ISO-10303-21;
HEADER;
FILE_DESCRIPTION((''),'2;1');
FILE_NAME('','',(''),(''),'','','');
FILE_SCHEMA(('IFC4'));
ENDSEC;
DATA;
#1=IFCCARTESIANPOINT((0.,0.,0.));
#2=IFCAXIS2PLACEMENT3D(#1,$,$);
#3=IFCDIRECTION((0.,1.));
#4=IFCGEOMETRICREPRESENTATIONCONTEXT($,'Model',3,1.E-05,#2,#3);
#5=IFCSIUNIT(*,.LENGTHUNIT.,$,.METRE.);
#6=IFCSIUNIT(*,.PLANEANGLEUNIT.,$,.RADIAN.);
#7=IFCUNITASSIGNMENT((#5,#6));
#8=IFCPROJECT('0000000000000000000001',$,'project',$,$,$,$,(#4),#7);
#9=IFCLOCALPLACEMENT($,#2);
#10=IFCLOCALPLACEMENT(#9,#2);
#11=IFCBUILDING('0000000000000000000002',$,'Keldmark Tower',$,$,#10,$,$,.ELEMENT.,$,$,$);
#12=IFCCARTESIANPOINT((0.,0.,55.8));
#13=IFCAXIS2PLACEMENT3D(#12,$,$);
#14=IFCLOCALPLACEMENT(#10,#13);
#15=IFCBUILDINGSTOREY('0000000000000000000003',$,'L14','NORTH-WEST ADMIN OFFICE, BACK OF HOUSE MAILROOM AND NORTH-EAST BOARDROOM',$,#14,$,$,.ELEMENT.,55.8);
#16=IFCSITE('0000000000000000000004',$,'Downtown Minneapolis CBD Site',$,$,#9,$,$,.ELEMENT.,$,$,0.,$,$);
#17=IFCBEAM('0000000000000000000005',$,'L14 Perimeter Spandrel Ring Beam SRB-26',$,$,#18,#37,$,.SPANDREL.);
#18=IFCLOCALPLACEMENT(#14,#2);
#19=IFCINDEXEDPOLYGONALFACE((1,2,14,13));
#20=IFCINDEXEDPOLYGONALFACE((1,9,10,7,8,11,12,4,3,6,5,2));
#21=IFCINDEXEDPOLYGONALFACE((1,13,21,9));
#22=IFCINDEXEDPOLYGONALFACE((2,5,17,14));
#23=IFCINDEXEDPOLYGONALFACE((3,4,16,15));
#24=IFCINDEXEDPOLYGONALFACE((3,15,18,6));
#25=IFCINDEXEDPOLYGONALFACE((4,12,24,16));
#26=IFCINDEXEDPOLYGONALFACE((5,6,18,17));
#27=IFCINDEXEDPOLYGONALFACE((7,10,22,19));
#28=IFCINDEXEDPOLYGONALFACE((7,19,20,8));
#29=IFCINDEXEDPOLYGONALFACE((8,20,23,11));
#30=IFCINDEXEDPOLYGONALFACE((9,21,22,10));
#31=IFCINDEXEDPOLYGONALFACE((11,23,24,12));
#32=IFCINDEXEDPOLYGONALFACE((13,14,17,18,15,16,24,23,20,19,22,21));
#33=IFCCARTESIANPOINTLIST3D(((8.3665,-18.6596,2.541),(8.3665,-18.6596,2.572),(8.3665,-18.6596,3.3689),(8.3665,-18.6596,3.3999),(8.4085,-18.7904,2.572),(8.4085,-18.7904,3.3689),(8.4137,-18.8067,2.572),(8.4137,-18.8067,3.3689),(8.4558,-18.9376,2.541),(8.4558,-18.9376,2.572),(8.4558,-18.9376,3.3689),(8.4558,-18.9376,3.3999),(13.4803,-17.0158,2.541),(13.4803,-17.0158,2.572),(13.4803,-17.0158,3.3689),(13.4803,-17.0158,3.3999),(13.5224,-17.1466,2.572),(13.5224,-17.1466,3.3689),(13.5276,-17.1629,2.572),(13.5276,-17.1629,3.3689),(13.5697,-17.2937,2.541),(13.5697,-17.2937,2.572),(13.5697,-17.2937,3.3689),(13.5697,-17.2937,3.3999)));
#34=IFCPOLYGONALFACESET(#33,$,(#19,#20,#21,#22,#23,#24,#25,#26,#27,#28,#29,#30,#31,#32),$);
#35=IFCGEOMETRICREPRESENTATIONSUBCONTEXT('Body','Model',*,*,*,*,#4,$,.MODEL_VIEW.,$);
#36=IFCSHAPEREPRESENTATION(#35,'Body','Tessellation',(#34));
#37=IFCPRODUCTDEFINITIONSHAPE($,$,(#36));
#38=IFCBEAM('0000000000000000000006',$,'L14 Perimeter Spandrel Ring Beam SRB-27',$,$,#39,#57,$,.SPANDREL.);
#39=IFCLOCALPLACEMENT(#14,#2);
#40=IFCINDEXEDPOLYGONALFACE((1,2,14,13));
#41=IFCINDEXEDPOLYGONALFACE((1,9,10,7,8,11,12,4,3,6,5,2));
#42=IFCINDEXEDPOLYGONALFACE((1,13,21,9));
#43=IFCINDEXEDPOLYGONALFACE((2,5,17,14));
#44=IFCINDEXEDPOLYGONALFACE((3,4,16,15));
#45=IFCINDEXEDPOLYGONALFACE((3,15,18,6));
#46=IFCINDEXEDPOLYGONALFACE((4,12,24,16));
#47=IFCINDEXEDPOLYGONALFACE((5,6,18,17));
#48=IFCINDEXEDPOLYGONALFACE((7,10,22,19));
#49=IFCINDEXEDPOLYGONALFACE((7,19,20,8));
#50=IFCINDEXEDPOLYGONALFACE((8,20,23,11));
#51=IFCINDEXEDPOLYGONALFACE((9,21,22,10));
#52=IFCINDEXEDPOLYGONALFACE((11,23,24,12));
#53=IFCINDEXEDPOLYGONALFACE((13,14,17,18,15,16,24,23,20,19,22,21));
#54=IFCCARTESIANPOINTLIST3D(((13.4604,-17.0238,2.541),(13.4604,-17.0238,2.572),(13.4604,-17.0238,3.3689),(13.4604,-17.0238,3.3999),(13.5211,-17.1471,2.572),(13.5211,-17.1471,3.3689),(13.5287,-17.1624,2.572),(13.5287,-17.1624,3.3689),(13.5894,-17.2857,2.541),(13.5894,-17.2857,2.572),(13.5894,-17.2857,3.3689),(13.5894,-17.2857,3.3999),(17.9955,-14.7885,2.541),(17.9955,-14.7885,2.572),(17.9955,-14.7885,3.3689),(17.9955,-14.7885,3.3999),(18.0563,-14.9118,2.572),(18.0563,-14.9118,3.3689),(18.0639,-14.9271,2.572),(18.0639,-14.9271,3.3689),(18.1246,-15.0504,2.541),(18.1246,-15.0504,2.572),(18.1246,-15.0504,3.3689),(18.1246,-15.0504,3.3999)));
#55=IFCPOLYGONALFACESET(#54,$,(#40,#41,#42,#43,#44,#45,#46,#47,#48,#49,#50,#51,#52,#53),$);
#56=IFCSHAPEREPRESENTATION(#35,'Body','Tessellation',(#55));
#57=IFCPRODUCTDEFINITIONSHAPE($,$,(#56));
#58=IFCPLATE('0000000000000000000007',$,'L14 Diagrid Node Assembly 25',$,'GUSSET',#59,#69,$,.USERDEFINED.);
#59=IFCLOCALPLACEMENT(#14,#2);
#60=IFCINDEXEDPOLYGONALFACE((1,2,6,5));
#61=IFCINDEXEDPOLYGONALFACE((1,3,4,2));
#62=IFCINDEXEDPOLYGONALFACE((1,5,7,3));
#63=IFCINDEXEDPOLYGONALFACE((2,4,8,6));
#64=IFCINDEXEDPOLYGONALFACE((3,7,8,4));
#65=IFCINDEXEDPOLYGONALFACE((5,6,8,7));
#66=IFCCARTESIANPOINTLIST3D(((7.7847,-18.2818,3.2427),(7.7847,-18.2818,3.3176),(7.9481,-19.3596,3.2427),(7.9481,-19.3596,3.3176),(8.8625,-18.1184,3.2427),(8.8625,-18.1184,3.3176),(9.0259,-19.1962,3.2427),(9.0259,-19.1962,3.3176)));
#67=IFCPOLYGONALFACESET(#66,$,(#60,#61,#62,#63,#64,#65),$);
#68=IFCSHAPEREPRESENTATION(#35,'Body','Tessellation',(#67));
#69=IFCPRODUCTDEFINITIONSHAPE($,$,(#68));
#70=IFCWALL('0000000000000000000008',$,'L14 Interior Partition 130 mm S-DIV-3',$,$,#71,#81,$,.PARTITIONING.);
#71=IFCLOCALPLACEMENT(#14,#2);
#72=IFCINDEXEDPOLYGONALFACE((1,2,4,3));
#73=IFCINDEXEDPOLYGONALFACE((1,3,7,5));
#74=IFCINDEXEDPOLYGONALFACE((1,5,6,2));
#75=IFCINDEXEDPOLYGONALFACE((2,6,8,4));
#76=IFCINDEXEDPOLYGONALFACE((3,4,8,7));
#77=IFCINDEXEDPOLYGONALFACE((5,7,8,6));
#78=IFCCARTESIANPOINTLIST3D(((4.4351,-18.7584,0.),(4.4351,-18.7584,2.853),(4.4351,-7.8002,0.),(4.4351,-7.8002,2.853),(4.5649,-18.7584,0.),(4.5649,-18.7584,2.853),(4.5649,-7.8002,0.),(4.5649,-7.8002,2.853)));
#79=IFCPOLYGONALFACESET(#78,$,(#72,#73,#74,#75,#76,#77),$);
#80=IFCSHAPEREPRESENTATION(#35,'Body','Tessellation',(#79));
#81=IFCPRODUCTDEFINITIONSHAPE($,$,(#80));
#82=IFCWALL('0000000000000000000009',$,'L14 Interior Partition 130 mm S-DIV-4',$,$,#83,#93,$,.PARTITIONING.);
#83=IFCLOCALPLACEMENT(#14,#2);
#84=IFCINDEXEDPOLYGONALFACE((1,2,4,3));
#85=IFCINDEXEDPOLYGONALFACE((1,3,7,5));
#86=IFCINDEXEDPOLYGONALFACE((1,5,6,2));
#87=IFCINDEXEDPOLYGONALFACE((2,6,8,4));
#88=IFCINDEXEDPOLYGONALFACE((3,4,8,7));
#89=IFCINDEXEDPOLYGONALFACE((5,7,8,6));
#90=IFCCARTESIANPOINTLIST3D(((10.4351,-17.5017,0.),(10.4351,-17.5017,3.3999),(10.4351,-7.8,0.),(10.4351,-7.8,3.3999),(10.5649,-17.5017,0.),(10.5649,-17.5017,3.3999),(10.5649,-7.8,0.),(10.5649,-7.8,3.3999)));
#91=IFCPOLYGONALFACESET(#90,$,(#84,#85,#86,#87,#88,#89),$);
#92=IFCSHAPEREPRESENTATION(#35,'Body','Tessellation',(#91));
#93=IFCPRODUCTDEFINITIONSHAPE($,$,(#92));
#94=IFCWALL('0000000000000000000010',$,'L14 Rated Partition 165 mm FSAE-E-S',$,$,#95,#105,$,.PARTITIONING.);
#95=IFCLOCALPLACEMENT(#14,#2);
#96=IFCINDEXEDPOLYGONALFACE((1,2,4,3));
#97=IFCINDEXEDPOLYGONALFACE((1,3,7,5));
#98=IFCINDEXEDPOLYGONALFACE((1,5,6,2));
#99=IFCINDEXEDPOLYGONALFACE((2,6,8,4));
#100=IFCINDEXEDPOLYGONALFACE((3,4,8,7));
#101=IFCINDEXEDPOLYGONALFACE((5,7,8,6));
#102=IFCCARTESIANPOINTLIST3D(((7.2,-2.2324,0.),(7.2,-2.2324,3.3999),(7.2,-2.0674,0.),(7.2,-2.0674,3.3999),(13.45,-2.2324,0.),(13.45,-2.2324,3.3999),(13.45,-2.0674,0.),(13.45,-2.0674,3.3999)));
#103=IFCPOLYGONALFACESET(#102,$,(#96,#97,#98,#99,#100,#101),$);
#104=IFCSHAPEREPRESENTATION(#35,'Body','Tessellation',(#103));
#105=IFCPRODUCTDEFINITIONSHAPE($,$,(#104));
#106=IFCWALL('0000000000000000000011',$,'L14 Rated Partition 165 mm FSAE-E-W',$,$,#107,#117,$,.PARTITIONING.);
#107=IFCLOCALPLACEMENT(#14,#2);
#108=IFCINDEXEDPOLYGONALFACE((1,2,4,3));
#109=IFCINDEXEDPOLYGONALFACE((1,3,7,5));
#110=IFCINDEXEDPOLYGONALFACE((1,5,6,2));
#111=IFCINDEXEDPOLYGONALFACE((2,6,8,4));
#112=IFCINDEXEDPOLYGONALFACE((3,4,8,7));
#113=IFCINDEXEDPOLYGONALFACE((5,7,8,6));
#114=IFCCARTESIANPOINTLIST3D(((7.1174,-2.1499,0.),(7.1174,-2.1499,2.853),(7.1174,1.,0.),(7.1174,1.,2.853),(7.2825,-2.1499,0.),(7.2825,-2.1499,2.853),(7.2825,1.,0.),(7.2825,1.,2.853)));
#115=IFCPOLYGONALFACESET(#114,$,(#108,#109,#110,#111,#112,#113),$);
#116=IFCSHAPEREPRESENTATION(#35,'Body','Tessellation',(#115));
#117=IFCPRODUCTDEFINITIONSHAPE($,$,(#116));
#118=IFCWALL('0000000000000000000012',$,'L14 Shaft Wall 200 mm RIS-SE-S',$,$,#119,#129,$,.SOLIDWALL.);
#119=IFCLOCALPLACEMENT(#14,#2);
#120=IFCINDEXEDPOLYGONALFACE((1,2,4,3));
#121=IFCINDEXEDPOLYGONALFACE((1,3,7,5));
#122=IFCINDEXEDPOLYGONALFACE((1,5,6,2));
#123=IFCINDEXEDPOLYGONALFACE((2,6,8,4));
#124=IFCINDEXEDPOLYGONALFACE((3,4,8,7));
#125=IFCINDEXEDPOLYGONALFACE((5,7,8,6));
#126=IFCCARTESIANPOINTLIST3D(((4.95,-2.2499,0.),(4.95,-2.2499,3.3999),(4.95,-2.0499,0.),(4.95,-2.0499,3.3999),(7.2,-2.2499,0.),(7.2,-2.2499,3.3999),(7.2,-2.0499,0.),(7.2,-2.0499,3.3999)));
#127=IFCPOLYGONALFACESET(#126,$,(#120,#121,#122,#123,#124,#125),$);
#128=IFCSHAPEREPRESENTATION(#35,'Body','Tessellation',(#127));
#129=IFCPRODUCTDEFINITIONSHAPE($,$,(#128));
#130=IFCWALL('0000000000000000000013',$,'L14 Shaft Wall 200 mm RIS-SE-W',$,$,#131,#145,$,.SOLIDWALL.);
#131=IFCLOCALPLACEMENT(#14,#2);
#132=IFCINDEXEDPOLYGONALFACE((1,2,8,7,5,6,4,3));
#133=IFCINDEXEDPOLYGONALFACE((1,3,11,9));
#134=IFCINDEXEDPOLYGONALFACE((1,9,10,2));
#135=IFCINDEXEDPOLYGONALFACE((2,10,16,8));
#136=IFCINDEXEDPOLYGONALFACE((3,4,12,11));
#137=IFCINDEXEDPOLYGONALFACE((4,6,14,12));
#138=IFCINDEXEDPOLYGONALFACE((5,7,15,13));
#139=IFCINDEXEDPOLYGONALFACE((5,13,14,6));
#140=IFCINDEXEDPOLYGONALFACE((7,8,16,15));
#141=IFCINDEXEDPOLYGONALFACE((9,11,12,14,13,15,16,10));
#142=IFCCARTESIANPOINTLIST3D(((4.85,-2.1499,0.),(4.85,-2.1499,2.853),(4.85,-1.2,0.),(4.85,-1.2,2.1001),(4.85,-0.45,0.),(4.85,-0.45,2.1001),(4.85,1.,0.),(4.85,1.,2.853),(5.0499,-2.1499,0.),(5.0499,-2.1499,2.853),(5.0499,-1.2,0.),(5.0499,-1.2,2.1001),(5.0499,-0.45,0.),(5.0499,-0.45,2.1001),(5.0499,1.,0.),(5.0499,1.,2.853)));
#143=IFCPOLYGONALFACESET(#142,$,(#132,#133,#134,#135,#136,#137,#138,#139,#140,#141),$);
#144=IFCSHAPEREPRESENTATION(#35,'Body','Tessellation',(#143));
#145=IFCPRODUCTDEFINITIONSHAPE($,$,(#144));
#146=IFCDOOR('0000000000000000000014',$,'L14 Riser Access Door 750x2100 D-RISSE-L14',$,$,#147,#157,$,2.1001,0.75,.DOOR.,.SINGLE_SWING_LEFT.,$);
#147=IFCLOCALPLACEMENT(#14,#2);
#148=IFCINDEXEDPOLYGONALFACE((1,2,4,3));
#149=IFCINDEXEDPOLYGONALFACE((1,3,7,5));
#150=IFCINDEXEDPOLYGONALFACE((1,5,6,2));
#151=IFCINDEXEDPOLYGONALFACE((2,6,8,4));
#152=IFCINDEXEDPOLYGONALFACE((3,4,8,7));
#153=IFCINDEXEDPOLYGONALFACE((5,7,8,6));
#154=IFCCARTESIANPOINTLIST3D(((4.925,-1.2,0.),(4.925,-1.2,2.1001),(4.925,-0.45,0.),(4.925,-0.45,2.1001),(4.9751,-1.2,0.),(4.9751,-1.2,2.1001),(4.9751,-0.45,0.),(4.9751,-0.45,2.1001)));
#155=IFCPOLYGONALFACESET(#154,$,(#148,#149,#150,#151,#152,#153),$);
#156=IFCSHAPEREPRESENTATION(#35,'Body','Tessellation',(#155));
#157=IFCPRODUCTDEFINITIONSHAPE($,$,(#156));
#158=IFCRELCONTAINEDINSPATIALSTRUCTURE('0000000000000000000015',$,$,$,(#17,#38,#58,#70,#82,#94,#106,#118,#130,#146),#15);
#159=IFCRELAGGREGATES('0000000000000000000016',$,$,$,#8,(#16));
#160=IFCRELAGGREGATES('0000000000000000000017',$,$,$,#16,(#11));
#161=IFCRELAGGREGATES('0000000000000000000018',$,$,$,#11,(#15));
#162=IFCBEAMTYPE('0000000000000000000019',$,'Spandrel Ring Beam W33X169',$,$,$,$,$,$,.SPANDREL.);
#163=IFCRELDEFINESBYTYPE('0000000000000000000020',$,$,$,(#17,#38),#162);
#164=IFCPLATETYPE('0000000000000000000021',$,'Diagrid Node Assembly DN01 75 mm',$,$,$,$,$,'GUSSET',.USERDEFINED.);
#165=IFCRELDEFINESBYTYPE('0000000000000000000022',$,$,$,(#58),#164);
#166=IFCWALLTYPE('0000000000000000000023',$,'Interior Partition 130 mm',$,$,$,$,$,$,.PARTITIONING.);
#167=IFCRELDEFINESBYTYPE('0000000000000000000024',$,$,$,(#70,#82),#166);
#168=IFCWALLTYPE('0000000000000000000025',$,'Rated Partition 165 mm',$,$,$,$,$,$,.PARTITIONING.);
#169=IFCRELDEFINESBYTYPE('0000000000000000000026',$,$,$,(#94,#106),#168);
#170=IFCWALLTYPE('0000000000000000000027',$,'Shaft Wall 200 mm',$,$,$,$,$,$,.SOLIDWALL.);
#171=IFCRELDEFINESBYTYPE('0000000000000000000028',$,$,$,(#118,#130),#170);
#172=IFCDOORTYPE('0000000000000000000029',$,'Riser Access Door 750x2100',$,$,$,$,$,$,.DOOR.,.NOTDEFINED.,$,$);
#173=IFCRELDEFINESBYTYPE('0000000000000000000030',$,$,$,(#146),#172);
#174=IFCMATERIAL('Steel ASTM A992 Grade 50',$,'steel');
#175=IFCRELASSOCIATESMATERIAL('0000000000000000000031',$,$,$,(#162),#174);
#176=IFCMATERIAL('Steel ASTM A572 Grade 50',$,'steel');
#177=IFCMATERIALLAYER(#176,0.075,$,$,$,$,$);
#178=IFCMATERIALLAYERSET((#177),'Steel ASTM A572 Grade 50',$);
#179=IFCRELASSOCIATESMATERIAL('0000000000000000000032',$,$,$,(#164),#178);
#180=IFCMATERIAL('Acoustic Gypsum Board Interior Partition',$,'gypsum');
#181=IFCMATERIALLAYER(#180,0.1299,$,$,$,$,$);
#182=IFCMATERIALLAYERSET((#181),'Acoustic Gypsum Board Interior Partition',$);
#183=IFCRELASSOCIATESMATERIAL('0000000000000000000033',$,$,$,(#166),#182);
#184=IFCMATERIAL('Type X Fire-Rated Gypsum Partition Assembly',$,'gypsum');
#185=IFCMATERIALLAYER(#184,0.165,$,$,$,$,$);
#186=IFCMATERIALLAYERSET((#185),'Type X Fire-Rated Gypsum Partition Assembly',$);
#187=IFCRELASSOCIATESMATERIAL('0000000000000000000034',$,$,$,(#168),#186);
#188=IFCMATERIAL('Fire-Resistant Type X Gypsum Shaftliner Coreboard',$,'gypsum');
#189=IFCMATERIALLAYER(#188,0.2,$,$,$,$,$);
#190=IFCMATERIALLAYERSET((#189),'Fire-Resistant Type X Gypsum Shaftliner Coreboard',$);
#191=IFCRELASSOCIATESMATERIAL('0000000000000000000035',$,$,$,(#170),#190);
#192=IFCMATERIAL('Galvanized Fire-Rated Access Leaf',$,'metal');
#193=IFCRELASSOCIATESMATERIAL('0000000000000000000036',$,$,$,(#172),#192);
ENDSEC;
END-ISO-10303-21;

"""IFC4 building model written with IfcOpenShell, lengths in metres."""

from ifc_helpers import new_model, si_unit, direction, frame, frame_2d, origin, origin_2d, place, context, subcontext, project, spatial, rectangle, i_section, extrude, material, layer, layer_set, material_profile, profile_set, type_object, element, fill, save


model = new_model("IFC4")

# Units and contexts
model_context = context("Model", 3, precision=1e-05, world=origin(), true_north=direction((0.0, 1.0)))
body_context = subcontext(model_context, "Body", "Model", "MODEL_VIEW")
ifc_project = project(units=[si_unit("LENGTHUNIT", "METRE"), si_unit("PLANEANGLEUNIT", "RADIAN")], contexts=[model_context])

# Site, building, storey
site_placement = place(None, origin())
site = spatial("IfcSite", under=ifc_project, at=site_placement, Name="Downtown Minneapolis CBD Site", CompositionType="ELEMENT", RefElevation=0.0)
building_placement = place(site_placement, origin())
building = spatial("IfcBuilding", under=site, at=building_placement, Name="Keldmark Tower", CompositionType="ELEMENT")
storey_placement = place(building_placement, frame((0.0, 0.0, 55.8)))
storey = spatial("IfcBuildingStorey", under=building, at=storey_placement, Name="L14", Description="NORTH-WEST ADMIN OFFICE, BACK OF HOUSE MAILROOM AND NORTH-EAST BOARDROOM", CompositionType="ELEMENT", Elevation=55.8)

# Beams
ifc_material_1 = material(Name="Steel ASTM A992 Grade 50", Category="steel")
ifc_material_profile_1 = material_profile(ifc_material_1, i_section(OverallWidth=0.292, OverallDepth=0.8589, WebThickness=0.0171, FlangeThickness=0.031, at=origin_2d()), Name="W33X169")
ifc_profile_set_1 = profile_set([ifc_material_profile_1], Name="Steel ASTM A992 Grade 50")
beam_type_1 = type_object("IfcBeamType", Name="Spandrel Ring Beam W33X169", PredefinedType="SPANDREL", material=ifc_profile_set_1)
beam_1_placement = place(storey_placement, frame((8.4111, -18.7986, 2.9705), z_axis=(0.952024, 0.306024, 0.0), x_axis=(-0.306024, 0.952024, 0.0)))
element("IfcBeam", 1, at=beam_1_placement, inside=storey, type_object=beam_type_1, Name="L14 Perimeter Spandrel Ring Beam SRB-26", PredefinedType="SPANDREL", context=body_context, shape_type="SweptSolid", body=[
    extrude(i_section(OverallWidth=0.292, OverallDepth=0.8589, WebThickness=0.0171, FlangeThickness=0.031, at=origin_2d()), origin(), (0.0, 0.0, 1.0), 5.3716),
])
beam_2_placement = place(storey_placement, frame((13.5249, -17.1548, 2.9705), z_axis=(0.896962, 0.442107, 0.0), x_axis=(-0.442107, 0.896962, 0.0)))
element("IfcBeam", 2, at=beam_2_placement, inside=storey, type_object=beam_type_1, Name="L14 Perimeter Spandrel Ring Beam SRB-27", PredefinedType="SPANDREL", context=body_context, shape_type="SweptSolid", body=[
    extrude(i_section(OverallWidth=0.292, OverallDepth=0.8589, WebThickness=0.0171, FlangeThickness=0.031, at=origin_2d()), origin(), (0.0, 0.0, 1.0), 5.0562),
])

# Plate
ifc_material_2 = material(Name="Steel ASTM A572 Grade 50", Category="steel")
ifc_layer_1 = layer(ifc_material_2, 0.075)
ifc_layer_set_1 = layer_set([ifc_layer_1], Name="Steel ASTM A572 Grade 50")
plate_type = type_object("IfcPlateType", Name="Diagrid Node Assembly DN01 75 mm", ElementType="GUSSET", PredefinedType="USERDEFINED", material=ifc_layer_set_1)
plate_placement = place(storey_placement, frame((8.4053, -18.739, 3.2427), z_axis=(0.0, 0.0, 1.0), x_axis=(0.988704, 0.14988, 0.0)))
element("IfcPlate", 3, at=plate_placement, inside=storey, type_object=plate_type, Name="L14 Diagrid Node Assembly 25", ObjectType="GUSSET", PredefinedType="USERDEFINED", context=body_context, shape_type="SweptSolid", body=[
    extrude(rectangle(XDim=1.0901, YDim=1.0901, at=origin_2d()), origin(), (0.0, 0.0, 1.0), 0.075),
])

# Walls
ifc_material_3 = material(Name="Acoustic Gypsum Board Interior Partition", Category="gypsum")
ifc_layer_2 = layer(ifc_material_3, 0.1299)
ifc_layer_set_2 = layer_set([ifc_layer_2], Name="Acoustic Gypsum Board Interior Partition")
wall_type_1 = type_object("IfcWallType", Name="Interior Partition 130 mm", PredefinedType="PARTITIONING", material=ifc_layer_set_2)
wall_1_placement = place(storey_placement, frame((4.5, -18.7583, 0.0), z_axis=(0.0, 0.0, 1.0), x_axis=(0.0, 1.0, 0.0)))
element("IfcWall", 4, at=wall_1_placement, inside=storey, type_object=wall_type_1, Name="L14 Interior Partition 130 mm S-DIV-3", PredefinedType="PARTITIONING", context=body_context, shape_type="SweptSolid", body=[
    extrude(rectangle(XDim=10.9583, YDim=0.1299, at=frame_2d((5.479, 0.0))), origin(), (0.0, 0.0, 1.0), 2.853),
])
wall_2_placement = place(storey_placement, frame((10.5, -17.5017, 0.0), z_axis=(0.0, 0.0, 1.0), x_axis=(0.0, 1.0, 0.0)))
element("IfcWall", 5, at=wall_2_placement, inside=storey, type_object=wall_type_1, Name="L14 Interior Partition 130 mm S-DIV-4", PredefinedType="PARTITIONING", context=body_context, shape_type="SweptSolid", body=[
    extrude(rectangle(XDim=9.7017, YDim=0.1299, at=frame_2d((4.8508, 0.0))), origin(), (0.0, 0.0, 1.0), 3.3999),
])
ifc_material_4 = material(Name="Type X Fire-Rated Gypsum Partition Assembly", Category="gypsum")
ifc_layer_3 = layer(ifc_material_4, 0.165)
ifc_layer_set_3 = layer_set([ifc_layer_3], Name="Type X Fire-Rated Gypsum Partition Assembly")
wall_type_2 = type_object("IfcWallType", Name="Rated Partition 165 mm", PredefinedType="PARTITIONING", material=ifc_layer_set_3)
wall_3_placement = place(storey_placement, frame((7.2, -2.1499, 0.0), z_axis=(0.0, 0.0, 1.0), x_axis=(1.0, 0.0, 0.0)))
element("IfcWall", 6, at=wall_3_placement, inside=storey, type_object=wall_type_2, Name="L14 Rated Partition 165 mm FSAE-E-S", PredefinedType="PARTITIONING", context=body_context, shape_type="SweptSolid", body=[
    extrude(rectangle(XDim=6.25, YDim=0.165, at=frame_2d((3.125, 0.0))), origin(), (0.0, 0.0, 1.0), 3.3999),
])
wall_4_placement = place(storey_placement, frame((7.2, -2.1499, 0.0), z_axis=(0.0, 0.0, 1.0), x_axis=(0.0, 1.0, 0.0)))
element("IfcWall", 7, at=wall_4_placement, inside=storey, type_object=wall_type_2, Name="L14 Rated Partition 165 mm FSAE-E-W", PredefinedType="PARTITIONING", context=body_context, shape_type="SweptSolid", body=[
    extrude(rectangle(XDim=3.1499, YDim=0.165, at=frame_2d((1.575, 0.0))), origin(), (0.0, 0.0, 1.0), 2.853),
])
ifc_material_5 = material(Name="Fire-Resistant Type X Gypsum Shaftliner Coreboard", Category="gypsum")
ifc_layer_4 = layer(ifc_material_5, 0.2)
ifc_layer_set_4 = layer_set([ifc_layer_4], Name="Fire-Resistant Type X Gypsum Shaftliner Coreboard")
wall_type_3 = type_object("IfcWallType", Name="Shaft Wall 200 mm", PredefinedType="SOLIDWALL", material=ifc_layer_set_4)
wall_5_placement = place(storey_placement, frame((4.95, -2.1499, 0.0), z_axis=(0.0, 0.0, 1.0), x_axis=(1.0, 0.0, 0.0)))
element("IfcWall", 8, at=wall_5_placement, inside=storey, type_object=wall_type_3, Name="L14 Shaft Wall 200 mm RIS-SE-S", PredefinedType="SOLIDWALL", context=body_context, shape_type="SweptSolid", body=[
    extrude(rectangle(XDim=2.25, YDim=0.2, at=frame_2d((1.125, 0.0))), origin(), (0.0, 0.0, 1.0), 3.3999),
])

# Wall, opening, door
wall_6_placement = place(storey_placement, frame((4.95, -2.1499, 0.0), z_axis=(0.0, 0.0, 1.0), x_axis=(0.0, 1.0, 0.0)))
wall_6 = element("IfcWall", 9, at=wall_6_placement, inside=storey, type_object=wall_type_3, Name="L14 Shaft Wall 200 mm RIS-SE-W", PredefinedType="SOLIDWALL", context=body_context, shape_type="SweptSolid", body=[
    extrude(rectangle(XDim=3.1499, YDim=0.2, at=frame_2d((1.575, 0.0))), origin(), (0.0, 0.0, 1.0), 2.853),
])
opening_1_placement = place(wall_6_placement, frame((0.95, 0.0, 0.0)))
opening_1 = element("IfcOpeningElement", 10, at=opening_1_placement, cuts=wall_6, PredefinedType="OPENING", context=body_context, shape_type="SweptSolid", body=[
    extrude(rectangle(XDim=0.75, YDim=2.1001, at=frame_2d((0.375, 1.05))), frame((0.0, 0.1099, 0.0), z_axis=(0.0, -1.0, 0.0), x_axis=(1.0, 0.0, 0.0)), (0.0, 0.0, 1.0), 0.22),
])
ifc_material_6 = material(Name="Galvanized Fire-Rated Access Leaf", Category="metal")
door_type = type_object("IfcDoorType", Name="Riser Access Door 750x2100", OperationType="NOTDEFINED", PredefinedType="DOOR", material=ifc_material_6)
door_placement = place(opening_1_placement, origin())
door = element("IfcDoor", 11, at=door_placement, inside=storey, type_object=door_type, Name="L14 Riser Access Door 750x2100 D-RISSE-L14", OperationType="SINGLE_SWING_LEFT", OverallHeight=2.1001, OverallWidth=0.75, PredefinedType="DOOR", context=body_context, shape_type="SweptSolid", body=[
    extrude(rectangle(XDim=0.75, YDim=2.1001, at=frame_2d((0.375, 1.05))), frame((0.0, 0.0249, 0.0), z_axis=(0.0, -1.0, 0.0), x_axis=(1.0, 0.0, 0.0)), (0.0, 0.0, 1.0), 0.05),
])
fill(opening_1, door)

save(model, "model.ifc")
